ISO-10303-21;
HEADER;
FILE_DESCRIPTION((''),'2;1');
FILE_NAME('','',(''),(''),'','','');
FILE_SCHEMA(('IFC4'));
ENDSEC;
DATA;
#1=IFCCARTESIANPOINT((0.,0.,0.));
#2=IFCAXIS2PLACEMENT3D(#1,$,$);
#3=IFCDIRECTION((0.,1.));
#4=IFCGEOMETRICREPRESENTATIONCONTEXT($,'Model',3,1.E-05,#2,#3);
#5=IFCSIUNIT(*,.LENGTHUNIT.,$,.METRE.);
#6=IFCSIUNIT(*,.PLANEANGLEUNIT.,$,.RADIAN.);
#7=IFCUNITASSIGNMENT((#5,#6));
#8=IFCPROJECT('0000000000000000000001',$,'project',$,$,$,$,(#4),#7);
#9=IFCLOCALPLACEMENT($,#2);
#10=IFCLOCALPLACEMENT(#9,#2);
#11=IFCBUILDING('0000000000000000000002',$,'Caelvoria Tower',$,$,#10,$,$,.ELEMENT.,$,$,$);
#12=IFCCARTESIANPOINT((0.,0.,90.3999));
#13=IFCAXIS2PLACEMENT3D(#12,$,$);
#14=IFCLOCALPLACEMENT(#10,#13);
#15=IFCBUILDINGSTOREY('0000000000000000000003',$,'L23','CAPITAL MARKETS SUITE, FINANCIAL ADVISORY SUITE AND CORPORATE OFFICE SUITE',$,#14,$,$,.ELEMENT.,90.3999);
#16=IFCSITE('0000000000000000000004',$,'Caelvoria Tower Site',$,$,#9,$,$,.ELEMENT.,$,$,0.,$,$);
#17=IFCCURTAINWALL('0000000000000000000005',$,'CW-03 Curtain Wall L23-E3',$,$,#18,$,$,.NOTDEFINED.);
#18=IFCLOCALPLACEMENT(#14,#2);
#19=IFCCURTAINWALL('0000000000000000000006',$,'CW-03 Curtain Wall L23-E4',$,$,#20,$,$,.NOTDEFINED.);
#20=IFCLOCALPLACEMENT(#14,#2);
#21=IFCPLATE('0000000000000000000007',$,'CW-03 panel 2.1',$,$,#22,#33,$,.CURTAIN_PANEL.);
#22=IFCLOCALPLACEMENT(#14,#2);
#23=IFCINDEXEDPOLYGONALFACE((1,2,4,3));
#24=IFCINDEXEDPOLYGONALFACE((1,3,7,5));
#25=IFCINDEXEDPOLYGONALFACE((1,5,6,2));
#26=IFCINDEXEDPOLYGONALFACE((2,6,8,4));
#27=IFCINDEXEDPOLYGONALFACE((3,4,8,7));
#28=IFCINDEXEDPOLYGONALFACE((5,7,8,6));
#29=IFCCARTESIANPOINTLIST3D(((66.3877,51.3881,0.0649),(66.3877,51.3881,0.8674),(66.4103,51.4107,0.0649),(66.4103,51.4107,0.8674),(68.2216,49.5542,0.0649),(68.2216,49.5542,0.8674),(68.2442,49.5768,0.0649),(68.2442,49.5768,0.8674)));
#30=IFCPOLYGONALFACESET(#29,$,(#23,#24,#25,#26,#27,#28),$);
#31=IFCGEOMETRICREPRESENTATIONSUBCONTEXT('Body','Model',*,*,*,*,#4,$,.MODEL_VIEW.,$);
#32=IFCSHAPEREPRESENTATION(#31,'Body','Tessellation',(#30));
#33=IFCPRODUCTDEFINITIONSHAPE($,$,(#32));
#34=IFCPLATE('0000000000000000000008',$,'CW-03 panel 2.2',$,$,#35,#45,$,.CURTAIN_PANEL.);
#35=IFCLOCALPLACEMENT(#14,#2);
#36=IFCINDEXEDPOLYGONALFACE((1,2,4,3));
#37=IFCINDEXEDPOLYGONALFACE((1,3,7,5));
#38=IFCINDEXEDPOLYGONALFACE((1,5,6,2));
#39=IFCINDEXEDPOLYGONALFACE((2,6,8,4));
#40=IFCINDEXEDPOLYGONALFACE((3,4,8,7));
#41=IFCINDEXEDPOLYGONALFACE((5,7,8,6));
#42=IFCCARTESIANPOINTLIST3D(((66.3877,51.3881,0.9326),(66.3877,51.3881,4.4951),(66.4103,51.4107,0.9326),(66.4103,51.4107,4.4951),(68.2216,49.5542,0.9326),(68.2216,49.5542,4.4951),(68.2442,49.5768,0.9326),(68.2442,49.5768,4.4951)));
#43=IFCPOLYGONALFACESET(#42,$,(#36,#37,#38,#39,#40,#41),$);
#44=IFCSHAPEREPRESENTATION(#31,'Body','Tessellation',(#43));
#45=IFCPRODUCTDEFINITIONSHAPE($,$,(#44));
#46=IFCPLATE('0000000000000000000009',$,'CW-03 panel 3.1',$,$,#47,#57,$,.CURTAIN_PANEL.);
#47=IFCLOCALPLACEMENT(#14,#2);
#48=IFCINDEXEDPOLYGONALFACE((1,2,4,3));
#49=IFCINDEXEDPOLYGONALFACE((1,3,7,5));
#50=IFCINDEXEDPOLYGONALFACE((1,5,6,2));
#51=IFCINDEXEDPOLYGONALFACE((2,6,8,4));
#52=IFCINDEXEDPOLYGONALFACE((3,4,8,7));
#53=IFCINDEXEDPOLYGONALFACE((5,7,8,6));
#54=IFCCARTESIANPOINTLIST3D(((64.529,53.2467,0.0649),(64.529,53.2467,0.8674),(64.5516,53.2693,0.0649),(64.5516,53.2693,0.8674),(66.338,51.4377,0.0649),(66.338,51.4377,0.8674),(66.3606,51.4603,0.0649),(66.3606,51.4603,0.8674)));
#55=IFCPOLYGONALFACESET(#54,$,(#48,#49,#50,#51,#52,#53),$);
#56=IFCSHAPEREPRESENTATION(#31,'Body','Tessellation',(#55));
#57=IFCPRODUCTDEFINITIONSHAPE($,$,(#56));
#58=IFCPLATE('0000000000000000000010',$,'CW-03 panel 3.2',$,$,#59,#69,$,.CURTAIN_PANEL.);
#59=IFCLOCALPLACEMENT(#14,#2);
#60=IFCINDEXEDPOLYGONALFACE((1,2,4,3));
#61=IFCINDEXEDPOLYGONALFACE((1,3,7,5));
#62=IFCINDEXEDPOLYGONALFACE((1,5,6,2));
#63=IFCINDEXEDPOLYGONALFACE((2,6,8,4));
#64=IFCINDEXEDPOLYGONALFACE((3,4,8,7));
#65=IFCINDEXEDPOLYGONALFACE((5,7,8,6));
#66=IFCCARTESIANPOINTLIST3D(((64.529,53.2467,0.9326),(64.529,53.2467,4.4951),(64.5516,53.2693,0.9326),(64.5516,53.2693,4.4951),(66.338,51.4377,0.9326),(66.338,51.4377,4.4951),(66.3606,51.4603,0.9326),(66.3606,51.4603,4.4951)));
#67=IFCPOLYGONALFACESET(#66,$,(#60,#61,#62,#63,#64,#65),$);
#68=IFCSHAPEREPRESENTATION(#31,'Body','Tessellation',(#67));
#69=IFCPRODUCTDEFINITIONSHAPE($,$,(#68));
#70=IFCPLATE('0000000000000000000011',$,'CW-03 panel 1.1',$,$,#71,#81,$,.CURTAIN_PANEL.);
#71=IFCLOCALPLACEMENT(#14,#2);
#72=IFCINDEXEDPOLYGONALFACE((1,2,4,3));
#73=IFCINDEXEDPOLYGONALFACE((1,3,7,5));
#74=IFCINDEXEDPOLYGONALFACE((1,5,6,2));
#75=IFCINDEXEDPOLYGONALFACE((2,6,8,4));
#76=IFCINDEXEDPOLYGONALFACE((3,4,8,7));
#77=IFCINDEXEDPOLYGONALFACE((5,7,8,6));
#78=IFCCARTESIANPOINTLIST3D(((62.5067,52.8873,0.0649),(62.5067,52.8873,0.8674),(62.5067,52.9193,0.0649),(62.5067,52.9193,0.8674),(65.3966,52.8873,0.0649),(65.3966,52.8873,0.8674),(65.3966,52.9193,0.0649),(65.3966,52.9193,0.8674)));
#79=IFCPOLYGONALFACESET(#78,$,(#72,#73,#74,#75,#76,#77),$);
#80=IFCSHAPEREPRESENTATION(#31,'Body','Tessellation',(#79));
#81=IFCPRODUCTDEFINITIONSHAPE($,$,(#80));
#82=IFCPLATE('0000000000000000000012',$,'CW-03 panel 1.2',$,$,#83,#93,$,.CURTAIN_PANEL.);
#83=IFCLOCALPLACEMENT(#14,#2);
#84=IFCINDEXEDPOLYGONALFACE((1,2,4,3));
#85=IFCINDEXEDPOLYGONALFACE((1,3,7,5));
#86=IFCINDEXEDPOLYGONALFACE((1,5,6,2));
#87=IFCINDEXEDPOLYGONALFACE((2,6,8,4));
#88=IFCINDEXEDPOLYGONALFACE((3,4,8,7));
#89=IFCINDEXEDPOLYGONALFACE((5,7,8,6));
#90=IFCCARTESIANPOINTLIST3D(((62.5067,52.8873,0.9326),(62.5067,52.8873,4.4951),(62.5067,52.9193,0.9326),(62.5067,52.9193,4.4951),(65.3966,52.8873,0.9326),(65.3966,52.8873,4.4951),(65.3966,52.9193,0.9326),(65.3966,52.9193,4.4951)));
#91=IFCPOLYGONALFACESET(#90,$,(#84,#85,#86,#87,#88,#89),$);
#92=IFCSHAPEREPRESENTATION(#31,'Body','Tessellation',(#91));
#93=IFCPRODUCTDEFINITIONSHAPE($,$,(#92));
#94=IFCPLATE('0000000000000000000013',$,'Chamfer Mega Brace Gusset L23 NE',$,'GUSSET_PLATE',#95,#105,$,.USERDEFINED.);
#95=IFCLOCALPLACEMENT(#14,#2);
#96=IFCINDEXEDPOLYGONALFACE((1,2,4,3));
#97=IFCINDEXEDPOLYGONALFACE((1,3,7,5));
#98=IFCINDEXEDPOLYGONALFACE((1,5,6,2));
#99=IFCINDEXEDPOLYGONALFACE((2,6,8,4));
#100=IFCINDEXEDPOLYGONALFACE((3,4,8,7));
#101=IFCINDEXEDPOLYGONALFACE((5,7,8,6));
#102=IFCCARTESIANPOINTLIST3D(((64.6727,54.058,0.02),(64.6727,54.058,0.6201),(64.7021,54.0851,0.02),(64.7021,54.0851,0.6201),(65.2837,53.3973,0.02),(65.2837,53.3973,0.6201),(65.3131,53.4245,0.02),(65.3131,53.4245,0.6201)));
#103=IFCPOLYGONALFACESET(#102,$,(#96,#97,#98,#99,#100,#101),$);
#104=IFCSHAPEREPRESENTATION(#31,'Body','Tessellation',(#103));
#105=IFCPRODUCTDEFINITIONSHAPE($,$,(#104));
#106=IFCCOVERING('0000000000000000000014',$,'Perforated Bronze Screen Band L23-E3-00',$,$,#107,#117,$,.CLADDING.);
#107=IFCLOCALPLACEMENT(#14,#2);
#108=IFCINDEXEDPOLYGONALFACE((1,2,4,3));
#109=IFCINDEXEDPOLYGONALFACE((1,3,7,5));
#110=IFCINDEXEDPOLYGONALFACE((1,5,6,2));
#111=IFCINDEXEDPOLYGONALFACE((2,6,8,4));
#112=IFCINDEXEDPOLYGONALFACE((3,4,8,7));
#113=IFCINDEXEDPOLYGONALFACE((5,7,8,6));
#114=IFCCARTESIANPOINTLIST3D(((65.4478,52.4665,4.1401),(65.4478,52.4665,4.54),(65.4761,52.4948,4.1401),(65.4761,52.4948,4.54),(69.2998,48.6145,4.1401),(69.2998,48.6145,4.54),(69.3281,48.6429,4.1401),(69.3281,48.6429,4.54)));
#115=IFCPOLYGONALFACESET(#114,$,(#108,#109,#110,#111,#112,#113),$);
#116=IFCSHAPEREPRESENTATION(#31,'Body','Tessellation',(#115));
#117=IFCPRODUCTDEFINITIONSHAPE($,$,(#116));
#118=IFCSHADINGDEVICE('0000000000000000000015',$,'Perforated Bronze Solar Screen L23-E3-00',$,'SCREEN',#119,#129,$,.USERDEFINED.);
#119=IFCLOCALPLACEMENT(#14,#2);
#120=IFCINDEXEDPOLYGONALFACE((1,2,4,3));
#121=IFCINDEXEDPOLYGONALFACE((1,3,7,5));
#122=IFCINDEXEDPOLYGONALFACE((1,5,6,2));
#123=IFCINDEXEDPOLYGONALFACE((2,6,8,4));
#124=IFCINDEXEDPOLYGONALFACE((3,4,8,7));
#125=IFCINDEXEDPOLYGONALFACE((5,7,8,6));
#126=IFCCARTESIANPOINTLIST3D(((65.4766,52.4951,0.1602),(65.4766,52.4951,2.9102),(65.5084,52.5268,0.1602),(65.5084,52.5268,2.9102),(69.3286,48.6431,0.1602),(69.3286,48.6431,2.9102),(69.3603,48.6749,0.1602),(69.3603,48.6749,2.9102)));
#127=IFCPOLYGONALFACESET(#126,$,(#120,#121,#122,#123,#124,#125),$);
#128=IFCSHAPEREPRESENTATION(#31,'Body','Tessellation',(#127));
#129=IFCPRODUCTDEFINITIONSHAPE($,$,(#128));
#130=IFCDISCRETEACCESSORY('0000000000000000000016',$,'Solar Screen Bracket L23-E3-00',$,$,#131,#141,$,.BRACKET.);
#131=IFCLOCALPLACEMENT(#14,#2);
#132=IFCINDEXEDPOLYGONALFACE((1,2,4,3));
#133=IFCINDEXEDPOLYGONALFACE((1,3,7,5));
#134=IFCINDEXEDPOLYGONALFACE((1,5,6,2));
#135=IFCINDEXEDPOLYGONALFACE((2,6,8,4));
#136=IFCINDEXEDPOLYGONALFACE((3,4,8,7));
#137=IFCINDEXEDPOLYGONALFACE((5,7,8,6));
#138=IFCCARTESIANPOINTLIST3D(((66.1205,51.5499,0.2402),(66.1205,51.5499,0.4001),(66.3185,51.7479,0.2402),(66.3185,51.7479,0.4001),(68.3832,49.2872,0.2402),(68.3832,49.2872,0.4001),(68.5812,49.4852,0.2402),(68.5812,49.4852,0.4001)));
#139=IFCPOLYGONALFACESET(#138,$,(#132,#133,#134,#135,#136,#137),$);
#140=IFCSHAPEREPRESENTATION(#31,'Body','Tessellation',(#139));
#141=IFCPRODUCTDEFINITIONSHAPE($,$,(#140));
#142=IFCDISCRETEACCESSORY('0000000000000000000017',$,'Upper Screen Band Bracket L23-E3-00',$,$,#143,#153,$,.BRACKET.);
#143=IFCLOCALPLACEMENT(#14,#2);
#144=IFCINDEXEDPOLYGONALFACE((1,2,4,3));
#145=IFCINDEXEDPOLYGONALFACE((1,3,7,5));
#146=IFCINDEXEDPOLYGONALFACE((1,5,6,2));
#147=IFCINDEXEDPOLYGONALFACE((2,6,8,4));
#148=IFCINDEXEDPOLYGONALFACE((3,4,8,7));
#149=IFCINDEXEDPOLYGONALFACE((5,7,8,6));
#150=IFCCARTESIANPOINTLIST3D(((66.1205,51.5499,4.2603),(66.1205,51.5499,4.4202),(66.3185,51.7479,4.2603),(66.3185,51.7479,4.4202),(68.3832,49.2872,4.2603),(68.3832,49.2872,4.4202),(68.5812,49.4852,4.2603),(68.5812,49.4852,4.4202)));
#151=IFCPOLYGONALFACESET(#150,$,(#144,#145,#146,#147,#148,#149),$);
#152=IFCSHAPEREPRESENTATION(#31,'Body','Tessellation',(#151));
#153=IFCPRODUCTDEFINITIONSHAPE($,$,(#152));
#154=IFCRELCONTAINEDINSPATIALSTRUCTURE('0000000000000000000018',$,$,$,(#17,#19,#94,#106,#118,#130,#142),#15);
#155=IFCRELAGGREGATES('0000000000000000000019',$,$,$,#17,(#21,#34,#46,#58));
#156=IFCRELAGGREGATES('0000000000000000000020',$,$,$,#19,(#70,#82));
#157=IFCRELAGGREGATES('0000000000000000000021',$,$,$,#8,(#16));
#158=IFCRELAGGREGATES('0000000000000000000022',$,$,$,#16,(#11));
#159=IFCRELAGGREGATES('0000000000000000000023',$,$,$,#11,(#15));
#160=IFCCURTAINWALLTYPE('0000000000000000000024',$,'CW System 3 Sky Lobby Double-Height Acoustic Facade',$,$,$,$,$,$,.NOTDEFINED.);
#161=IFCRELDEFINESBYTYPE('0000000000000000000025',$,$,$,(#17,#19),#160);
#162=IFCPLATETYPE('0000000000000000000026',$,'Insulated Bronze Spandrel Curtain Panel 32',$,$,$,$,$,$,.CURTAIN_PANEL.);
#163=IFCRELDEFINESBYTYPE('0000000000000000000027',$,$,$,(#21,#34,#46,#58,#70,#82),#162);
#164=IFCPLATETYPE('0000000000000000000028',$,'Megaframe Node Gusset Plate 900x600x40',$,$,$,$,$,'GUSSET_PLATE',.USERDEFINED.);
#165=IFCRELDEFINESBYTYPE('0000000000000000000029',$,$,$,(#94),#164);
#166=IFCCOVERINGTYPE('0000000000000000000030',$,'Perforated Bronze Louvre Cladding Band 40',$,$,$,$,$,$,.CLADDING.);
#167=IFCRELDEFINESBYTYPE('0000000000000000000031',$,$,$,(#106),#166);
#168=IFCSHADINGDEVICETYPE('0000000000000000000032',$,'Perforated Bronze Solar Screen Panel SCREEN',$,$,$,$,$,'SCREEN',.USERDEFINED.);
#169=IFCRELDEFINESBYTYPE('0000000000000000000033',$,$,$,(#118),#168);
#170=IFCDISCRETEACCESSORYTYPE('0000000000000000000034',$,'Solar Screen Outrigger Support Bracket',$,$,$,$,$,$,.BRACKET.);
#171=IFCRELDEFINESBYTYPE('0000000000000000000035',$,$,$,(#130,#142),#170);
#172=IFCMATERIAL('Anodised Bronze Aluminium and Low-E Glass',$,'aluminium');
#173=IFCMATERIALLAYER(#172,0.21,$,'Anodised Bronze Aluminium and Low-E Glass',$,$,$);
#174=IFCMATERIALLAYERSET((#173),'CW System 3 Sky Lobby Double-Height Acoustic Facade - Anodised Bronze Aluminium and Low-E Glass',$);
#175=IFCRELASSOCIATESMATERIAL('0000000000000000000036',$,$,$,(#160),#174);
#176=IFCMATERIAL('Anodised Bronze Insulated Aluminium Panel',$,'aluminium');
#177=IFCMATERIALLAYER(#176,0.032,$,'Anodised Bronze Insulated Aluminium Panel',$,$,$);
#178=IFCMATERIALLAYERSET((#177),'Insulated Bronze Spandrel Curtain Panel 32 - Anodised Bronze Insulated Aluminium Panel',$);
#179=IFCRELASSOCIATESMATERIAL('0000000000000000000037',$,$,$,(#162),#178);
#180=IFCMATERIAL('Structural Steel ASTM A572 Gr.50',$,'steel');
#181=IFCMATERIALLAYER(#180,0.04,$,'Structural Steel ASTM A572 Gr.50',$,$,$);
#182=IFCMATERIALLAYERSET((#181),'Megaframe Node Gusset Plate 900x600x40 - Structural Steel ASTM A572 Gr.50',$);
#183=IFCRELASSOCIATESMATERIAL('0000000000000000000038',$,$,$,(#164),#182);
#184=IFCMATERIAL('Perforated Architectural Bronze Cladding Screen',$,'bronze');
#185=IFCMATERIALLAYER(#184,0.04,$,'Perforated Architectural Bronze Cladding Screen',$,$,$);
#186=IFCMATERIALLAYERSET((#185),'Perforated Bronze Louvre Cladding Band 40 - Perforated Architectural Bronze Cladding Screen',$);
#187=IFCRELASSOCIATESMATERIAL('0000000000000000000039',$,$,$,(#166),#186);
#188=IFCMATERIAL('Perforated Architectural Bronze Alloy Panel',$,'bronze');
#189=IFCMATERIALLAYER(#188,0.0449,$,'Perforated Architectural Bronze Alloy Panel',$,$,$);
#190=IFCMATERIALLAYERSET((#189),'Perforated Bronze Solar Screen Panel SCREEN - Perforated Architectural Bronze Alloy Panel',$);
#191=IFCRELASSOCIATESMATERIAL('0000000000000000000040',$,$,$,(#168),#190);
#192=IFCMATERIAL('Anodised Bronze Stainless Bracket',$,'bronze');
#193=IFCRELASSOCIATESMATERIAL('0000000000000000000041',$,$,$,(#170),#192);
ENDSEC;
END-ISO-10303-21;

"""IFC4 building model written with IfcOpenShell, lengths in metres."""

from ifc_helpers import new_model, si_unit, direction, frame, origin, origin_2d, place, context, subcontext, project, spatial, rectangle, extrude, material, layer, layer_set, type_object, element, aggregate, save


model = new_model("IFC4")

# Units and contexts
model_context = context("Model", 3, precision=1e-05, world=origin(), true_north=direction((0.0, 1.0)))
body_context = subcontext(model_context, "Body", "Model", "MODEL_VIEW")
ifc_project = project(units=[si_unit("LENGTHUNIT", "METRE"), si_unit("PLANEANGLEUNIT", "RADIAN")], contexts=[model_context])

# Site, building, storey
site_placement = place(None, origin())
site = spatial("IfcSite", under=ifc_project, at=site_placement, Name="Caelvoria Tower Site", CompositionType="ELEMENT", RefElevation=0.0)
building_placement = place(site_placement, origin())
building = spatial("IfcBuilding", under=site, at=building_placement, Name="Caelvoria Tower", CompositionType="ELEMENT")
storey_placement = place(building_placement, frame((0.0, 0.0, 90.3999)))
storey = spatial("IfcBuildingStorey", under=building, at=storey_placement, Name="L23", Description="CAPITAL MARKETS SUITE, FINANCIAL ADVISORY SUITE AND CORPORATE OFFICE SUITE", CompositionType="ELEMENT", Elevation=90.3999)

# Shared definitions
ifc_material_1 = material(Name="Structural Steel ASTM A572 Gr.50", Category="steel")

# Shared definitions
ifc_material_2 = material(Name="Anodised Bronze Aluminium and Low-E Glass", Category="aluminium")
ifc_layer_1 = layer(ifc_material_2, 0.21, Name="Anodised Bronze Aluminium and Low-E Glass")
ifc_layer_set_1 = layer_set([ifc_layer_1], Name="CW System 3 Sky Lobby Double-Height Acoustic Facade - Anodised Bronze Aluminium and Low-E Glass")
curtain_wall_type = type_object("IfcCurtainWallType", Name="CW System 3 Sky Lobby Double-Height Acoustic Facade", PredefinedType="NOTDEFINED", material=ifc_layer_set_1)

# Curtain wall
curtain_wall_1_placement = place(storey_placement, origin())
curtain_wall_1 = element("IfcCurtainWall", 1, at=curtain_wall_1_placement, inside=storey, type_object=curtain_wall_type, Name="CW-03 Curtain Wall L23-E3", PredefinedType="NOTDEFINED")

# Curtain wall
curtain_wall_2_placement = place(storey_placement, origin())
curtain_wall_2 = element("IfcCurtainWall", 2, at=curtain_wall_2_placement, inside=storey, type_object=curtain_wall_type, Name="CW-03 Curtain Wall L23-E4", PredefinedType="NOTDEFINED")

# Plates
ifc_material_3 = material(Name="Anodised Bronze Insulated Aluminium Panel", Category="aluminium")
ifc_layer_2 = layer(ifc_material_3, 0.032, Name="Anodised Bronze Insulated Aluminium Panel")
ifc_layer_set_2 = layer_set([ifc_layer_2], Name="Insulated Bronze Spandrel Curtain Panel 32 - Anodised Bronze Insulated Aluminium Panel")
plate_type_1 = type_object("IfcPlateType", Name="Insulated Bronze Spandrel Curtain Panel 32", PredefinedType="CURTAIN_PANEL", material=ifc_layer_set_2)
plate_1_placement = place(storey_placement, frame((67.3159, 50.4824, 0.0649), z_axis=(0.0, 0.0, 1.0), x_axis=(-0.707107, 0.707107, 0.0)))
plate_1 = element("IfcPlate", 3, at=plate_1_placement, type_object=plate_type_1, Name="CW-03 panel 2.1", PredefinedType="CURTAIN_PANEL", context=body_context, shape_type="SweptSolid", body=[
    extrude(rectangle(XDim=2.5935, YDim=0.032, at=origin_2d()), origin(), (0.0, 0.0, 1.0), 0.8025),
])
plate_2_placement = place(storey_placement, frame((67.3159, 50.4824, 0.9326), z_axis=(0.0, 0.0, 1.0), x_axis=(-0.707107, 0.707107, 0.0)))
plate_2 = element("IfcPlate", 4, at=plate_2_placement, type_object=plate_type_1, Name="CW-03 panel 2.2", PredefinedType="CURTAIN_PANEL", context=body_context, shape_type="SweptSolid", body=[
    extrude(rectangle(XDim=2.5935, YDim=0.032, at=origin_2d()), origin(), (0.0, 0.0, 1.0), 3.5625),
])
plate_3_placement = place(storey_placement, frame((65.4448, 52.3535, 0.0649), z_axis=(0.0, 0.0, 1.0), x_axis=(-0.707107, 0.707107, 0.0)))
plate_3 = element("IfcPlate", 5, at=plate_3_placement, type_object=plate_type_1, Name="CW-03 panel 3.1", PredefinedType="CURTAIN_PANEL", context=body_context, shape_type="SweptSolid", body=[
    extrude(rectangle(XDim=2.5583, YDim=0.032, at=origin_2d()), origin(), (0.0, 0.0, 1.0), 0.8025),
])
plate_4_placement = place(storey_placement, frame((65.4448, 52.3535, 0.9326), z_axis=(0.0, 0.0, 1.0), x_axis=(-0.707107, 0.707107, 0.0)))
plate_4 = element("IfcPlate", 6, at=plate_4_placement, type_object=plate_type_1, Name="CW-03 panel 3.2", PredefinedType="CURTAIN_PANEL", context=body_context, shape_type="SweptSolid", body=[
    extrude(rectangle(XDim=2.5583, YDim=0.032, at=origin_2d()), origin(), (0.0, 0.0, 1.0), 3.5625),
])
aggregate(curtain_wall_1, [plate_1, plate_2, plate_3, plate_4])
plate_5_placement = place(storey_placement, frame((63.9517, 52.9033, 0.0649), z_axis=(0.0, 0.0, 1.0), x_axis=(-1.0, 0.0, 0.0)))
plate_5 = element("IfcPlate", 7, at=plate_5_placement, type_object=plate_type_1, Name="CW-03 panel 1.1", PredefinedType="CURTAIN_PANEL", context=body_context, shape_type="SweptSolid", body=[
    extrude(rectangle(XDim=2.8899, YDim=0.032, at=origin_2d()), origin(), (0.0, 0.0, 1.0), 0.8025),
])
plate_6_placement = place(storey_placement, frame((63.9517, 52.9033, 0.9326), z_axis=(0.0, 0.0, 1.0), x_axis=(-1.0, 0.0, 0.0)))
plate_6 = element("IfcPlate", 8, at=plate_6_placement, type_object=plate_type_1, Name="CW-03 panel 1.2", PredefinedType="CURTAIN_PANEL", context=body_context, shape_type="SweptSolid", body=[
    extrude(rectangle(XDim=2.8899, YDim=0.032, at=origin_2d()), origin(), (0.0, 0.0, 1.0), 3.5625),
])
aggregate(curtain_wall_2, [plate_5, plate_6])
ifc_layer_3 = layer(ifc_material_1, 0.04, Name="Structural Steel ASTM A572 Gr.50")
ifc_layer_set_3 = layer_set([ifc_layer_3], Name="Megaframe Node Gusset Plate 900x600x40 - Structural Steel ASTM A572 Gr.50")
plate_type_2 = type_object("IfcPlateType", Name="Megaframe Node Gusset Plate 900x600x40", ElementType="GUSSET_PLATE", PredefinedType="USERDEFINED", material=ifc_layer_set_3)
plate_7_placement = place(storey_placement, frame((64.9929, 53.7412, 0.02), z_axis=(0.0, 0.0, 1.0), x_axis=(0.678965, -0.734171, 0.0)))
element("IfcPlate", 9, at=plate_7_placement, inside=storey, type_object=plate_type_2, Name="Chamfer Mega Brace Gusset L23 NE", ObjectType="GUSSET_PLATE", PredefinedType="USERDEFINED", context=body_context, shape_type="SweptSolid", body=[
    extrude(rectangle(XDim=0.8999, YDim=0.04, at=origin_2d()), origin(), (0.0, 0.0, 1.0), 0.6001),
])

# Covering
ifc_material_4 = material(Name="Perforated Architectural Bronze Cladding Screen", Category="bronze")
ifc_layer_4 = layer(ifc_material_4, 0.04, Name="Perforated Architectural Bronze Cladding Screen")
ifc_layer_set_4 = layer_set([ifc_layer_4], Name="Perforated Bronze Louvre Cladding Band 40 - Perforated Architectural Bronze Cladding Screen")
covering_type = type_object("IfcCoveringType", Name="Perforated Bronze Louvre Cladding Band 40", PredefinedType="CLADDING", material=ifc_layer_set_4)
covering_placement = place(storey_placement, frame((67.3879, 50.5547, 4.1401), z_axis=(0.0, 0.0, 1.0), x_axis=(-0.707107, 0.707107, 0.0)))
element("IfcCovering", 10, at=covering_placement, inside=storey, type_object=covering_type, Name="Perforated Bronze Screen Band L23-E3-00", PredefinedType="CLADDING", context=body_context, shape_type="SweptSolid", body=[
    extrude(rectangle(XDim=5.4475, YDim=0.04, at=origin_2d()), origin(), (0.0, 0.0, 1.0), 0.3999),
])

# Shading device
ifc_material_5 = material(Name="Perforated Architectural Bronze Alloy Panel", Category="bronze")
ifc_layer_5 = layer(ifc_material_5, 0.0449, Name="Perforated Architectural Bronze Alloy Panel")
ifc_layer_set_5 = layer_set([ifc_layer_5], Name="Perforated Bronze Solar Screen Panel SCREEN - Perforated Architectural Bronze Alloy Panel")
shading_device_type = type_object("IfcShadingDeviceType", Name="Perforated Bronze Solar Screen Panel SCREEN", ElementType="SCREEN", PredefinedType="USERDEFINED", material=ifc_layer_set_5)
shading_device_placement = place(storey_placement, frame((67.4185, 50.585, 0.1602), z_axis=(0.0, 0.0, 1.0), x_axis=(-0.707107, 0.707107, 0.0)))
element("IfcShadingDevice", 11, at=shading_device_placement, inside=storey, type_object=shading_device_type, Name="Perforated Bronze Solar Screen L23-E3-00", ObjectType="SCREEN", PredefinedType="USERDEFINED", context=body_context, shape_type="SweptSolid", body=[
    extrude(rectangle(XDim=5.4475, YDim=0.0449, at=origin_2d()), origin(), (0.0, 0.0, 1.0), 2.75),
])

# Discrete accessories
ifc_material_6 = material(Name="Anodised Bronze Stainless Bracket", Category="bronze")
discrete_accessory_type = type_object("IfcDiscreteAccessoryType", Name="Solar Screen Outrigger Support Bracket", PredefinedType="BRACKET", material=ifc_material_6)
for number, where, z_axis, x_axis, name in (
    (12, (67.3508, 50.5176, 0.2402), (0.0, 0.0, 1.0), (-0.707107, 0.707107, 0.0), "Solar Screen Bracket L23-E3-00"),
    (13, (67.3508, 50.5176, 4.2603), (0.0, 0.0, 1.0), (-0.707107, 0.707107, 0.0), "Upper Screen Band Bracket L23-E3-00"),
):
    element("IfcDiscreteAccessory", number, at=place(storey_placement, frame(where, z_axis=z_axis, x_axis=x_axis)), inside=storey, type_object=discrete_accessory_type, Name=name, PredefinedType="BRACKET", context=body_context, shape_type="SweptSolid", body=[
        extrude(rectangle(XDim=3.2, YDim=0.28, at=origin_2d()), origin(), (0.0, 0.0, 1.0), 0.1599),
    ])

save(model, "model.ifc")
